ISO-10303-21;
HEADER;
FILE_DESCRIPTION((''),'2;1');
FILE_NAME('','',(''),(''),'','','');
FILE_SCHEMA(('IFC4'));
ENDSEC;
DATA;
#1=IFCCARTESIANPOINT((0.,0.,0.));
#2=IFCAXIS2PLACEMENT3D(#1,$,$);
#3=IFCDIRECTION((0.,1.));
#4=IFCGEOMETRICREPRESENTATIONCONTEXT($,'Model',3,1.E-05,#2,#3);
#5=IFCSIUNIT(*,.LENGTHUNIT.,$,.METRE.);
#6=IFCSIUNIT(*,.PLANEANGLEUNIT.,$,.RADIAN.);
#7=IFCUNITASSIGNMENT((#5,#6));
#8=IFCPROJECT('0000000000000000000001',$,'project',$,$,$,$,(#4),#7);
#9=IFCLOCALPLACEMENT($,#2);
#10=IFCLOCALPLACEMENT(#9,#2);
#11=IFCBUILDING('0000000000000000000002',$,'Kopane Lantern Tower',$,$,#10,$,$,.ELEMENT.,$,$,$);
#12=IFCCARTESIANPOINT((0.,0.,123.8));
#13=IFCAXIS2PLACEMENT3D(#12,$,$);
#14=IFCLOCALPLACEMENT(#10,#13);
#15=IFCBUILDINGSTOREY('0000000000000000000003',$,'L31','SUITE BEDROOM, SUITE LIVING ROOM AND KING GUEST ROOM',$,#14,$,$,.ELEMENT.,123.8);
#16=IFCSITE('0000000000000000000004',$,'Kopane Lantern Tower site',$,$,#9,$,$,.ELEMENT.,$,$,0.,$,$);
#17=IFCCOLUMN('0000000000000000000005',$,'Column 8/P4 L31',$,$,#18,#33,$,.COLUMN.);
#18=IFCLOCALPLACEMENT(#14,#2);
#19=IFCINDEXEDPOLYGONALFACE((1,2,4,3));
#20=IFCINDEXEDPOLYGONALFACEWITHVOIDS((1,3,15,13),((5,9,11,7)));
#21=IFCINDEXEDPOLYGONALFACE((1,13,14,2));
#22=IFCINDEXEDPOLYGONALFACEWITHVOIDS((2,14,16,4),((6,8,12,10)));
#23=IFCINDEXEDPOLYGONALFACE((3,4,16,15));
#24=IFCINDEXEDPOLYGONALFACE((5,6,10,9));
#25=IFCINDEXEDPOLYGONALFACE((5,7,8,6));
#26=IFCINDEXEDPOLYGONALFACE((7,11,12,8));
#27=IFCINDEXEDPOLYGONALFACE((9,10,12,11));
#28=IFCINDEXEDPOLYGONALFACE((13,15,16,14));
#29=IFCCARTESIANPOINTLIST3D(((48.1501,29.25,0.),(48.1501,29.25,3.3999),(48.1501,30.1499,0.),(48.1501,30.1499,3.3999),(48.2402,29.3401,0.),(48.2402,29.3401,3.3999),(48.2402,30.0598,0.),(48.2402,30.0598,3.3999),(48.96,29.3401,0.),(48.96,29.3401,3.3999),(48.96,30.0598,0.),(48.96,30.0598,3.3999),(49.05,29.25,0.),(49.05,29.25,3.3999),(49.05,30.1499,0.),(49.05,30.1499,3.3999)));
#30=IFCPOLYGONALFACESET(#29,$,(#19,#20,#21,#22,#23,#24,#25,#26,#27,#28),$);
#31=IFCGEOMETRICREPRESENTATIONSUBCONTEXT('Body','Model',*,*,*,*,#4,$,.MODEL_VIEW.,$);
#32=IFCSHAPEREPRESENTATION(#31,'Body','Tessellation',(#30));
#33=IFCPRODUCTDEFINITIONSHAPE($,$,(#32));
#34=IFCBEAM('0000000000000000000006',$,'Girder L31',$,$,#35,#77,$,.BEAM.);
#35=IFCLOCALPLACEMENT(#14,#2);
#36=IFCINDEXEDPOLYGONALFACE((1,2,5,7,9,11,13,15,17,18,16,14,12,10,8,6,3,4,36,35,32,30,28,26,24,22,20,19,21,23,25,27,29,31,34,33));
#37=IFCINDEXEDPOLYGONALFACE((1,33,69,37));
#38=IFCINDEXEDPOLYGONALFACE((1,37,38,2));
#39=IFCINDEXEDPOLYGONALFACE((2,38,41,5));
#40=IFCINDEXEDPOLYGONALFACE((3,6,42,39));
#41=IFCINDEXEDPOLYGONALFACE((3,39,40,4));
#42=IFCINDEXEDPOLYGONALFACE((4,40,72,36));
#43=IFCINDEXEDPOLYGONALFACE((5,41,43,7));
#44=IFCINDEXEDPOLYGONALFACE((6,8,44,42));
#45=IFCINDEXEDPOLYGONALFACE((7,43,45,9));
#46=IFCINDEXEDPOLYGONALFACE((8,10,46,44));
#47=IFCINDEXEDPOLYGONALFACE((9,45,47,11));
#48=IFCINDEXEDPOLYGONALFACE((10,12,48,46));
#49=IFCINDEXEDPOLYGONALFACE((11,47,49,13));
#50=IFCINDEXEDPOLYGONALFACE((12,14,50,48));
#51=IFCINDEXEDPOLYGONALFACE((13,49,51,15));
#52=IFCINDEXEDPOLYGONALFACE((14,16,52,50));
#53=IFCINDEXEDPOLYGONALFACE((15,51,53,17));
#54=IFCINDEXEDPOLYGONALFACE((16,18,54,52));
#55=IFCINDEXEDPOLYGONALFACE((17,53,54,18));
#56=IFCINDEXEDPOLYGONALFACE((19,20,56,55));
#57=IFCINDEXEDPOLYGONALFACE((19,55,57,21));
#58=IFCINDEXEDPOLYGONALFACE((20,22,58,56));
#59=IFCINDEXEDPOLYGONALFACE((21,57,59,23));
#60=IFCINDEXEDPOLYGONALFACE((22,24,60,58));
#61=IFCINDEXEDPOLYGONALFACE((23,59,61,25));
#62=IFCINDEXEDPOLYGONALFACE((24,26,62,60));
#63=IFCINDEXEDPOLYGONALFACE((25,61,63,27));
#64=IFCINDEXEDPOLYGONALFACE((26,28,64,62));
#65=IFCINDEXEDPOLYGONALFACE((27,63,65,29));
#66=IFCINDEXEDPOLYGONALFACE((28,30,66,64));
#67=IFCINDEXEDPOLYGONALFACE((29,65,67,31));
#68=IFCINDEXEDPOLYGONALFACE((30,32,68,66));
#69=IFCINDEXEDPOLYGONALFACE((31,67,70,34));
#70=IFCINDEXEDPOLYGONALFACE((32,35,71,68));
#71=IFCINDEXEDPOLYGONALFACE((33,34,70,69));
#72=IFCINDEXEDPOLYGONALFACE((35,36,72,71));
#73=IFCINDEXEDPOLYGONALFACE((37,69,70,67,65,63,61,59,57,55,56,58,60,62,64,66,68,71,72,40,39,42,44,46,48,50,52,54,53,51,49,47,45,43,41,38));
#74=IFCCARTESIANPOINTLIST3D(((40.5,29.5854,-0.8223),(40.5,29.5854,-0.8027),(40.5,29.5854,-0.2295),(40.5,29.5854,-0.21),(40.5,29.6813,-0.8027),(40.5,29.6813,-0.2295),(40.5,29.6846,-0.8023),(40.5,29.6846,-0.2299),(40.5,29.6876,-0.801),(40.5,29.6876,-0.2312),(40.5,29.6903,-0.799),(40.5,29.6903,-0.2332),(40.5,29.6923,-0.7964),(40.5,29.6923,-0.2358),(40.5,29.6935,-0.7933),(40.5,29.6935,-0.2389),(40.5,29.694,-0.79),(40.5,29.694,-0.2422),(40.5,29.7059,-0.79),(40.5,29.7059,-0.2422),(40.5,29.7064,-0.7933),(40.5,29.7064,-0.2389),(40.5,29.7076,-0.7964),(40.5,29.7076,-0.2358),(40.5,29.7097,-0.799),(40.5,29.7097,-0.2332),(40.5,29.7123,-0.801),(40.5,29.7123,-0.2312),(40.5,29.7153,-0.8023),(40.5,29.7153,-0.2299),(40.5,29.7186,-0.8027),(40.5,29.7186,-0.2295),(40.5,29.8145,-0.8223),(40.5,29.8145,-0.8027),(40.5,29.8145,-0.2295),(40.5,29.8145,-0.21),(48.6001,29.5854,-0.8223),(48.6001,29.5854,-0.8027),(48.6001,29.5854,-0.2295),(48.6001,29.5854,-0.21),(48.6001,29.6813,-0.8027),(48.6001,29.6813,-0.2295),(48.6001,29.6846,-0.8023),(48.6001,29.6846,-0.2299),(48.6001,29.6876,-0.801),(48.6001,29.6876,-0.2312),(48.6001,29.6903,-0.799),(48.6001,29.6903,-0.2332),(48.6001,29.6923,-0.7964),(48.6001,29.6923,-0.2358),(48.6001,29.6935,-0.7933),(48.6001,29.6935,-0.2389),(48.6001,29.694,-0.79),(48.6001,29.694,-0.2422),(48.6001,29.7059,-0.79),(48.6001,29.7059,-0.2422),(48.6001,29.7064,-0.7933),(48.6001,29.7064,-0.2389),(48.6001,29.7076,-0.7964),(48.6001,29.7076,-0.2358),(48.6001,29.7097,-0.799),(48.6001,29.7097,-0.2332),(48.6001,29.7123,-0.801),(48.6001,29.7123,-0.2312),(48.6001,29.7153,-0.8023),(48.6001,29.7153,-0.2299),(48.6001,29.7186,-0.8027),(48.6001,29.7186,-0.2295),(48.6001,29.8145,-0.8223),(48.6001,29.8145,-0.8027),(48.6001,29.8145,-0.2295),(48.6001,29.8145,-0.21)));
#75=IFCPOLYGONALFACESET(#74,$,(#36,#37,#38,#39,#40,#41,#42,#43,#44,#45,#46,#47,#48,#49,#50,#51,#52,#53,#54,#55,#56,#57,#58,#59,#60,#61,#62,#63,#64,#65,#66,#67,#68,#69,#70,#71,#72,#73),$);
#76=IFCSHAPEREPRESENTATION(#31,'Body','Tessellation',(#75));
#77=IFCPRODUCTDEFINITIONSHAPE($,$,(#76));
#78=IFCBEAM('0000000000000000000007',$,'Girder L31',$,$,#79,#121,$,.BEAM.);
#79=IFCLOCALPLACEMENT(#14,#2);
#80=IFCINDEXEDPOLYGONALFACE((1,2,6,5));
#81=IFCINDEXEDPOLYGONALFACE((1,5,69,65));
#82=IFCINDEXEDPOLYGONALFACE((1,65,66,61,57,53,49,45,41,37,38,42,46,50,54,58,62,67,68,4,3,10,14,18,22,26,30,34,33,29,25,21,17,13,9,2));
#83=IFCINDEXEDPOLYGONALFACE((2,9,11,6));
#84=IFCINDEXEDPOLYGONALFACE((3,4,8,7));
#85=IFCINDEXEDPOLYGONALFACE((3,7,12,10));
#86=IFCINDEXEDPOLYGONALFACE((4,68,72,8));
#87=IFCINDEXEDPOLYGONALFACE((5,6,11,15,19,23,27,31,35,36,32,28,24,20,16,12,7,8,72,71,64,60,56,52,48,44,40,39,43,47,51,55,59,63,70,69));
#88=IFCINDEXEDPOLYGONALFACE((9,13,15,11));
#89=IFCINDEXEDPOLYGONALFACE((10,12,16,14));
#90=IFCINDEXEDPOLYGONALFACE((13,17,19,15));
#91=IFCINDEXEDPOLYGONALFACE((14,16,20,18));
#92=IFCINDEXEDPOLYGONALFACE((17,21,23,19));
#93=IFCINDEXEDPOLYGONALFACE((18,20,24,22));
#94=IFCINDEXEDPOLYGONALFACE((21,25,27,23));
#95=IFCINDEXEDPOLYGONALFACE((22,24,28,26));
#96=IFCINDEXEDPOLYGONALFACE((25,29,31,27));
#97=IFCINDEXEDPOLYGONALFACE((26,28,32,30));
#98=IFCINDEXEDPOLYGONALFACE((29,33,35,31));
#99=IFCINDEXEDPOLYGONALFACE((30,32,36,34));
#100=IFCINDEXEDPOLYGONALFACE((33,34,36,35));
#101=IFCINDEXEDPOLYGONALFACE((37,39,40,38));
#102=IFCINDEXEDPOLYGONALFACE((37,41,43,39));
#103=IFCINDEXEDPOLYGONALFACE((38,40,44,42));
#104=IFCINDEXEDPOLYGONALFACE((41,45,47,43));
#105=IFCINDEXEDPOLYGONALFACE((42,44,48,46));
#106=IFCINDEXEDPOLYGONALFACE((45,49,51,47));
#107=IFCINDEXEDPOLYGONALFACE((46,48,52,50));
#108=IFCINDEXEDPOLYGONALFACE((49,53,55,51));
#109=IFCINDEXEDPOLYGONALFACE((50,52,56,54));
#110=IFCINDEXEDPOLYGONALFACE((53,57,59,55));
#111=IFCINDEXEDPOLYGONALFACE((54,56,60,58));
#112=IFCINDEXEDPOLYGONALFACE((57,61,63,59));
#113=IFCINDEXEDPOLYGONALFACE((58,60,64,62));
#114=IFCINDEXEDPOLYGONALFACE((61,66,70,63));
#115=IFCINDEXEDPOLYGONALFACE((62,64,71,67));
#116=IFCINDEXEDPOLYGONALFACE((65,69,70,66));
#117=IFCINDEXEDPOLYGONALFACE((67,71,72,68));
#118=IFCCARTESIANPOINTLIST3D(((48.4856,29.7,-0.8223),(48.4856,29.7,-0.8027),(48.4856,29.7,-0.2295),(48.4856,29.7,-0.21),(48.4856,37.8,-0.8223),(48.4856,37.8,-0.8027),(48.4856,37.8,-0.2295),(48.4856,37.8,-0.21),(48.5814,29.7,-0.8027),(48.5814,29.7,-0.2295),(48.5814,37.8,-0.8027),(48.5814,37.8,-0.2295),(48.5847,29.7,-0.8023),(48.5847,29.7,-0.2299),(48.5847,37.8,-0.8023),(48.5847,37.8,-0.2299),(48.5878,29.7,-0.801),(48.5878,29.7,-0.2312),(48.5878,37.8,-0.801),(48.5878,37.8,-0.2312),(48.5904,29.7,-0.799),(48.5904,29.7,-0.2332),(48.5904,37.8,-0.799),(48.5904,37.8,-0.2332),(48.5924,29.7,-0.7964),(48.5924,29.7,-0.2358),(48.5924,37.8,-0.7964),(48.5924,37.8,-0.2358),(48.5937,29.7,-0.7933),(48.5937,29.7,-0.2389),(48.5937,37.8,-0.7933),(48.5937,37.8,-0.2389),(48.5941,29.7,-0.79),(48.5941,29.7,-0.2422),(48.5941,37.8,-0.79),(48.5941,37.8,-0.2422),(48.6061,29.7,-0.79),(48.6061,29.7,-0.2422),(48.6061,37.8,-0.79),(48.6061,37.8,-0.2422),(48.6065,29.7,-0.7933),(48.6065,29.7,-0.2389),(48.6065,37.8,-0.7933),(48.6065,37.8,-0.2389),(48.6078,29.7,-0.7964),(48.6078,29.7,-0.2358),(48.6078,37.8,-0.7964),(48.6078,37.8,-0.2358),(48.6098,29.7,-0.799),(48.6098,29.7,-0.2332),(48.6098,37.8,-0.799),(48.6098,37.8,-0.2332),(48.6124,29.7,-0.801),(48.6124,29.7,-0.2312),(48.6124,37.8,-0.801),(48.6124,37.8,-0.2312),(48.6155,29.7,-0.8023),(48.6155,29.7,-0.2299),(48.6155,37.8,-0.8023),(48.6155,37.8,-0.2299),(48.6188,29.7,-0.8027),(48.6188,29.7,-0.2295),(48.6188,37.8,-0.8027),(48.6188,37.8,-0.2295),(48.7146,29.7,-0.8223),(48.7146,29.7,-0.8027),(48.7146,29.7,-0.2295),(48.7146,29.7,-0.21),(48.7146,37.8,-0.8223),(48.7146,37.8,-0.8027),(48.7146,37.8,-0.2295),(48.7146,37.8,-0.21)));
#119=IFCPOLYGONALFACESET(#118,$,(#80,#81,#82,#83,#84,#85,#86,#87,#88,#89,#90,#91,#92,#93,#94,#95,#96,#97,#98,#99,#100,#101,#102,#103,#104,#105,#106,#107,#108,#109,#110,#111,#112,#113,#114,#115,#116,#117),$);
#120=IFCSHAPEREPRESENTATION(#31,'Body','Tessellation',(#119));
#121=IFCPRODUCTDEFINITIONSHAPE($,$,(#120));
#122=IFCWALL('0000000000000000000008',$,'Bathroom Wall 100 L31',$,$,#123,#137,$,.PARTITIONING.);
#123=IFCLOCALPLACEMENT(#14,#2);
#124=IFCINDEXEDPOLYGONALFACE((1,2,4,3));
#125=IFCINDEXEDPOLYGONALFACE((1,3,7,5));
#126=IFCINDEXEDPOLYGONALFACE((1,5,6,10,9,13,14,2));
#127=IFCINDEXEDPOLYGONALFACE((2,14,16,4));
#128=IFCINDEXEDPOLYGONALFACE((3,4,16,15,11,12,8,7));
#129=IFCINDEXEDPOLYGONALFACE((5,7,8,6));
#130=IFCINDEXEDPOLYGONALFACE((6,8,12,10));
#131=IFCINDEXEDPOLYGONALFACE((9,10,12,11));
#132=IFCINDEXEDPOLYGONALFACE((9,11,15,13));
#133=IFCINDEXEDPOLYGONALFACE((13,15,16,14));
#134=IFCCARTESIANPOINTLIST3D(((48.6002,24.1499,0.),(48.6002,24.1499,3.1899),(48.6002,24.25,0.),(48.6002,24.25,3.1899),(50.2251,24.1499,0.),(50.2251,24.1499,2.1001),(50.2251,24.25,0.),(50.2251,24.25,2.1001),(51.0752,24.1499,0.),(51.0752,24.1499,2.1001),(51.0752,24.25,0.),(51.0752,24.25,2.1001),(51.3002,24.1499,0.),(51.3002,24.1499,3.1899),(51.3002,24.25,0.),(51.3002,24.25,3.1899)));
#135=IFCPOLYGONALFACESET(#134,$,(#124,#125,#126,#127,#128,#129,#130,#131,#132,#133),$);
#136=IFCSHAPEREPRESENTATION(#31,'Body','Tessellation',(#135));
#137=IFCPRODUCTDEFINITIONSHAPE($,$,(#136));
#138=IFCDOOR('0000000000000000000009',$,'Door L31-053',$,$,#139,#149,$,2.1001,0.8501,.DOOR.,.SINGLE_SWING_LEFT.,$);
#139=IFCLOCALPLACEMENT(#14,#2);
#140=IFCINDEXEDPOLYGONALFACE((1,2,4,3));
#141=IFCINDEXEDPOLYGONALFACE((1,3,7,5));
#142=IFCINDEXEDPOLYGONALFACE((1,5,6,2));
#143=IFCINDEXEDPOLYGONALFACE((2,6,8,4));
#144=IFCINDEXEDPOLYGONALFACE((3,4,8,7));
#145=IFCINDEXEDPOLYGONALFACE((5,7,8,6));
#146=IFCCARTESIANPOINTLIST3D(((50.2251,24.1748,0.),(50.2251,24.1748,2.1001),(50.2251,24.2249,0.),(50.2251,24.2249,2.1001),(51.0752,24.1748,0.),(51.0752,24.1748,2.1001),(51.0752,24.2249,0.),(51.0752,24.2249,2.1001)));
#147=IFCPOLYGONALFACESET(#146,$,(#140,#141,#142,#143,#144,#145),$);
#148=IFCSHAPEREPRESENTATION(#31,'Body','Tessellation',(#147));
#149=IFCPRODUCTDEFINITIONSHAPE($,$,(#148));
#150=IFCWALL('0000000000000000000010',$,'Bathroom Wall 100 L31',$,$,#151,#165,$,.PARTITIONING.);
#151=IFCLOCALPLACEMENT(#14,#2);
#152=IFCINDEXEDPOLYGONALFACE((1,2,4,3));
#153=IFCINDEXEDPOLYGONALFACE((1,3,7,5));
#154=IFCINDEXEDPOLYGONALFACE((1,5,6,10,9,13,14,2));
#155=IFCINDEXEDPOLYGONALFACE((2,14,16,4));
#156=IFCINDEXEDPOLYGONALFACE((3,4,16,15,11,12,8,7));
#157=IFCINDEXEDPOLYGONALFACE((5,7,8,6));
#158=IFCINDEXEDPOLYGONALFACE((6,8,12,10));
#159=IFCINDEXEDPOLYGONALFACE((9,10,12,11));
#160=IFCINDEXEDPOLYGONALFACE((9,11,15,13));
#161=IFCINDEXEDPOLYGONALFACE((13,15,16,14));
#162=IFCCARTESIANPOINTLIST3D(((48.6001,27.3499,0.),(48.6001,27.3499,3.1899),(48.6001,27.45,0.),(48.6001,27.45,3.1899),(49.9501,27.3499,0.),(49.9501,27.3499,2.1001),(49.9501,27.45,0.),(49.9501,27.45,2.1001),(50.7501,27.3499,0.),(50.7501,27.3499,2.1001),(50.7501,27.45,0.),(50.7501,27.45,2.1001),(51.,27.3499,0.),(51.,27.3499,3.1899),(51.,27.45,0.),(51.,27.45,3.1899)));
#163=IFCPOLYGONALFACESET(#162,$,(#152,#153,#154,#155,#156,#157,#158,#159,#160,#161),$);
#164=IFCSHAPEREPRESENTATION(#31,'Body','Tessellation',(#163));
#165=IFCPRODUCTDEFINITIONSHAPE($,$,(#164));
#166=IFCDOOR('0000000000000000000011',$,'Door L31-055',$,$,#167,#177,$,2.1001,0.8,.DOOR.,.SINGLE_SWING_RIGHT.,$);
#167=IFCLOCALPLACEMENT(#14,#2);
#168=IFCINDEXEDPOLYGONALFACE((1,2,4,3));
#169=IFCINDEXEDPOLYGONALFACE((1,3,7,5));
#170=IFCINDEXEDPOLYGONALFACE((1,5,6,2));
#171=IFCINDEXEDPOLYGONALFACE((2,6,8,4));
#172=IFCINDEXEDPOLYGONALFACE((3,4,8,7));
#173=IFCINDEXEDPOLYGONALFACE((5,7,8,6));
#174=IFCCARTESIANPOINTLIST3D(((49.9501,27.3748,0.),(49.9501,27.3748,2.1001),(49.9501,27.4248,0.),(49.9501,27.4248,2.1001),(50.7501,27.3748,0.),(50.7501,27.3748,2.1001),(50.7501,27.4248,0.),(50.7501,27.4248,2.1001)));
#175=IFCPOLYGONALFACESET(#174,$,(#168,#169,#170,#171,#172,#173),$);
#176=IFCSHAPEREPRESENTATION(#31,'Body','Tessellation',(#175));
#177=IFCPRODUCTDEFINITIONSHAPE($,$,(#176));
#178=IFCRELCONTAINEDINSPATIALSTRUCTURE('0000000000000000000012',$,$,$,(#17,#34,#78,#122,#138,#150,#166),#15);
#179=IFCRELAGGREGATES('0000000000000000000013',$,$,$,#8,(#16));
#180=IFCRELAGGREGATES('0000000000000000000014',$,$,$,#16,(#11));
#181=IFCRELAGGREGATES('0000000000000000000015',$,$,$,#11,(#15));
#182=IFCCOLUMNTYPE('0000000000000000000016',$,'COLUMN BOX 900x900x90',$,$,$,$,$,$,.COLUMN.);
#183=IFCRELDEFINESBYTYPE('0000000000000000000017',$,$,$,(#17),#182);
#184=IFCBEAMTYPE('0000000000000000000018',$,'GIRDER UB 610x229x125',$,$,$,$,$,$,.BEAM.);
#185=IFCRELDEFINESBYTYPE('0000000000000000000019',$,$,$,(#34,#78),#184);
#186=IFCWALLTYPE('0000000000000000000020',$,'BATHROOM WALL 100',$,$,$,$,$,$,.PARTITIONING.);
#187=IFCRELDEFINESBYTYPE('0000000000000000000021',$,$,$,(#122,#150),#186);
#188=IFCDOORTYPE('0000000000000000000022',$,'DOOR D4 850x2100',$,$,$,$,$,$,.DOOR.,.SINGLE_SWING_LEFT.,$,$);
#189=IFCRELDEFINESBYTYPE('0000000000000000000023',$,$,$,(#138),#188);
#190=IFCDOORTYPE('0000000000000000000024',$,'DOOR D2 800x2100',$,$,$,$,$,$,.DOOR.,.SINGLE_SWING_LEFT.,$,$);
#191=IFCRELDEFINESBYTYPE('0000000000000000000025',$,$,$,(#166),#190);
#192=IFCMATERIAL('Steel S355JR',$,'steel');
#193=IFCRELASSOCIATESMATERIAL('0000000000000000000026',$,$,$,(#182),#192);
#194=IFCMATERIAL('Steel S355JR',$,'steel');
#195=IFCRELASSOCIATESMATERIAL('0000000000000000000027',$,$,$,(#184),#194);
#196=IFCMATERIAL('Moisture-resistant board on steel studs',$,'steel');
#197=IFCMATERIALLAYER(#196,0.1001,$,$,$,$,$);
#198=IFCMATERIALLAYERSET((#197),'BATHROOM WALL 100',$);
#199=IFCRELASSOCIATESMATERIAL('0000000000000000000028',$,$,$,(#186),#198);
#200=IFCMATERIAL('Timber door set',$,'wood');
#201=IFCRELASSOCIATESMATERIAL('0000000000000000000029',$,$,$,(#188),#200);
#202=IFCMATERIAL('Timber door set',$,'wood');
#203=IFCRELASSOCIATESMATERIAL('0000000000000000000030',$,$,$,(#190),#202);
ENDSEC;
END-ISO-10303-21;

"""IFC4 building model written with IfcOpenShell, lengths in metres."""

from ifc_helpers import new_model, si_unit, direction, frame, frame_2d, origin, origin_2d, place, context, subcontext, project, spatial, rectangle, hollow_rectangle, i_section, extrude, material, layer, layer_set, material_profile, profile_set, type_object, element, fill, save


model = new_model("IFC4")

# Units and contexts
model_context = context("Model", 3, precision=1e-05, world=origin(), true_north=direction((0.0, 1.0)))
body_context = subcontext(model_context, "Body", "Model", "MODEL_VIEW")
ifc_project = project(units=[si_unit("LENGTHUNIT", "METRE"), si_unit("PLANEANGLEUNIT", "RADIAN")], contexts=[model_context])

# Site, building, storey
site_placement = place(None, origin())
site = spatial("IfcSite", under=ifc_project, at=site_placement, Name="Kopane Lantern Tower site", CompositionType="ELEMENT", RefElevation=0.0)
building_placement = place(site_placement, origin())
building = spatial("IfcBuilding", under=site, at=building_placement, Name="Kopane Lantern Tower", CompositionType="ELEMENT")
storey_placement = place(building_placement, frame((0.0, 0.0, 123.8)))
storey = spatial("IfcBuildingStorey", under=building, at=storey_placement, Name="L31", Description="SUITE BEDROOM, SUITE LIVING ROOM AND KING GUEST ROOM", CompositionType="ELEMENT", Elevation=123.8)

# Column
ifc_material_1 = material(Name="Steel S355JR", Category="steel")
ifc_material_profile_1 = material_profile(ifc_material_1, hollow_rectangle(XDim=0.8999, YDim=0.8999, WallThickness=0.0901, at=origin_2d()), Name="BOX 900x900x90")
ifc_profile_set_1 = profile_set([ifc_material_profile_1], Name="Steel S355JR")
column_type = type_object("IfcColumnType", Name="COLUMN BOX 900x900x90", PredefinedType="COLUMN", material=ifc_profile_set_1)
column_placement = place(storey_placement, frame((48.6001, 29.7, 0.0), z_axis=(0.0, 0.0, 1.0), x_axis=(1.0, 0.0, 0.0)))
element("IfcColumn", 1, at=column_placement, inside=storey, type_object=column_type, Name="Column 8/P4 L31", PredefinedType="COLUMN", context=body_context, shape_type="SweptSolid", body=[
    extrude(hollow_rectangle(XDim=0.8999, YDim=0.8999, WallThickness=0.0901, at=origin_2d()), origin(), (0.0, 0.0, 1.0), 3.3999),
])

# Beams
ifc_material_2 = material(Name="Steel S355JR", Category="steel")
ifc_material_profile_2 = material_profile(ifc_material_2, i_section(OverallWidth=0.229, OverallDepth=0.6123, WebThickness=0.012, FlangeThickness=0.0195, FilletRadius=0.0127, at=origin_2d()), Name="UB 610x229x125")
ifc_profile_set_2 = profile_set([ifc_material_profile_2], Name="Steel S355JR")
beam_type = type_object("IfcBeamType", Name="GIRDER UB 610x229x125", PredefinedType="BEAM", material=ifc_profile_set_2)
for number, where, z_axis, x_axis, name in (
    (2, (40.5, 29.7, -0.5161), (1.0, 0.0, 0.0), (0.0, 1.0, 0.0), "Girder L31"),
    (3, (48.6001, 29.7, -0.5161), (0.0, 1.0, 0.0), (-1.0, 0.0, 0.0), "Girder L31"),
):
    element("IfcBeam", number, at=place(storey_placement, frame(where, z_axis=z_axis, x_axis=x_axis)), inside=storey, type_object=beam_type, Name=name, PredefinedType="BEAM", context=body_context, shape_type="SweptSolid", body=[
        extrude(i_section(OverallWidth=0.229, OverallDepth=0.6123, WebThickness=0.012, FlangeThickness=0.0195, FilletRadius=0.0127, at=origin_2d()), origin(), (0.0, 0.0, 1.0), 8.1001),
    ])

# Walls, openings, doors
ifc_material_3 = material(Name="Moisture-resistant board on steel studs", Category="steel")
ifc_layer_1 = layer(ifc_material_3, 0.1001)
ifc_layer_set_1 = layer_set([ifc_layer_1], Name="BATHROOM WALL 100")
wall_type_1 = type_object("IfcWallType", Name="BATHROOM WALL 100", PredefinedType="PARTITIONING", material=ifc_layer_set_1)
wall_1_placement = place(storey_placement, frame((48.6001, 24.2, 0.0), z_axis=(0.0, 0.0, 1.0), x_axis=(1.0, 0.0, 0.0)))
wall_1 = element("IfcWall", 4, at=wall_1_placement, inside=storey, type_object=wall_type_1, Name="Bathroom Wall 100 L31", PredefinedType="PARTITIONING", context=body_context, shape_type="SweptSolid", body=[
    extrude(rectangle(XDim=2.7, YDim=0.1001, at=frame_2d((1.3501, 0.0))), origin(), (0.0, 0.0, 1.0), 3.1899),
])
opening_1_placement = place(wall_1_placement, frame((1.625, 0.0, 0.0)))
opening_1 = element("IfcOpeningElement", 5, at=opening_1_placement, cuts=wall_1, PredefinedType="OPENING", context=body_context, shape_type="SweptSolid", body=[
    extrude(rectangle(XDim=0.8501, YDim=2.1001, at=frame_2d((0.425, 1.05))), frame((0.0, 0.0601, 0.0), z_axis=(0.0, -1.0, 0.0), x_axis=(1.0, 0.0, 0.0)), (0.0, 0.0, 1.0), 0.1201),
])
ifc_material_4 = material(Name="Timber door set", Category="wood")
door_type_1 = type_object("IfcDoorType", Name="DOOR D4 850x2100", OperationType="SINGLE_SWING_LEFT", PredefinedType="DOOR", material=ifc_material_4)
door_1_placement = place(opening_1_placement, origin())
door_1 = element("IfcDoor", 6, at=door_1_placement, inside=storey, type_object=door_type_1, Name="Door L31-053", OperationType="SINGLE_SWING_LEFT", OverallHeight=2.1001, OverallWidth=0.8501, PredefinedType="DOOR", context=body_context, shape_type="SweptSolid", body=[
    extrude(rectangle(XDim=0.8501, YDim=2.1001, at=frame_2d((0.425, 1.05))), frame((0.0, 0.0249, 0.0), z_axis=(0.0, -1.0, 0.0), x_axis=(1.0, 0.0, 0.0)), (0.0, 0.0, 1.0), 0.05),
])
fill(opening_1, door_1)
wall_2_placement = place(storey_placement, frame((48.6001, 27.3999, 0.0), z_axis=(0.0, 0.0, 1.0), x_axis=(1.0, 0.0, 0.0)))
wall_2 = element("IfcWall", 7, at=wall_2_placement, inside=storey, type_object=wall_type_1, Name="Bathroom Wall 100 L31", PredefinedType="PARTITIONING", context=body_context, shape_type="SweptSolid", body=[
    extrude(rectangle(XDim=2.3999, YDim=0.1001, at=frame_2d((1.2, 0.0))), origin(), (0.0, 0.0, 1.0), 3.1899),
])
opening_2_placement = place(wall_2_placement, frame((1.3501, 0.0, 0.0)))
opening_2 = element("IfcOpeningElement", 8, at=opening_2_placement, cuts=wall_2, PredefinedType="OPENING", context=body_context, shape_type="SweptSolid", body=[
    extrude(rectangle(XDim=0.8, YDim=2.1001, at=frame_2d((0.3999, 1.05))), frame((0.0, 0.0601, 0.0), z_axis=(0.0, -1.0, 0.0), x_axis=(1.0, 0.0, 0.0)), (0.0, 0.0, 1.0), 0.1201),
])
ifc_material_5 = material(Name="Timber door set", Category="wood")
door_type_2 = type_object("IfcDoorType", Name="DOOR D2 800x2100", OperationType="SINGLE_SWING_LEFT", PredefinedType="DOOR", material=ifc_material_5)
door_2_placement = place(opening_2_placement, origin())
door_2 = element("IfcDoor", 9, at=door_2_placement, inside=storey, type_object=door_type_2, Name="Door L31-055", OperationType="SINGLE_SWING_RIGHT", OverallHeight=2.1001, OverallWidth=0.8, PredefinedType="DOOR", context=body_context, shape_type="SweptSolid", body=[
    extrude(rectangle(XDim=0.8, YDim=2.1001, at=frame_2d((0.3999, 1.05))), frame((0.0, 0.0249, 0.0), z_axis=(0.0, -1.0, 0.0), x_axis=(1.0, 0.0, 0.0)), (0.0, 0.0, 1.0), 0.05),
])
fill(opening_2, door_2)

save(model, "model.ifc")
